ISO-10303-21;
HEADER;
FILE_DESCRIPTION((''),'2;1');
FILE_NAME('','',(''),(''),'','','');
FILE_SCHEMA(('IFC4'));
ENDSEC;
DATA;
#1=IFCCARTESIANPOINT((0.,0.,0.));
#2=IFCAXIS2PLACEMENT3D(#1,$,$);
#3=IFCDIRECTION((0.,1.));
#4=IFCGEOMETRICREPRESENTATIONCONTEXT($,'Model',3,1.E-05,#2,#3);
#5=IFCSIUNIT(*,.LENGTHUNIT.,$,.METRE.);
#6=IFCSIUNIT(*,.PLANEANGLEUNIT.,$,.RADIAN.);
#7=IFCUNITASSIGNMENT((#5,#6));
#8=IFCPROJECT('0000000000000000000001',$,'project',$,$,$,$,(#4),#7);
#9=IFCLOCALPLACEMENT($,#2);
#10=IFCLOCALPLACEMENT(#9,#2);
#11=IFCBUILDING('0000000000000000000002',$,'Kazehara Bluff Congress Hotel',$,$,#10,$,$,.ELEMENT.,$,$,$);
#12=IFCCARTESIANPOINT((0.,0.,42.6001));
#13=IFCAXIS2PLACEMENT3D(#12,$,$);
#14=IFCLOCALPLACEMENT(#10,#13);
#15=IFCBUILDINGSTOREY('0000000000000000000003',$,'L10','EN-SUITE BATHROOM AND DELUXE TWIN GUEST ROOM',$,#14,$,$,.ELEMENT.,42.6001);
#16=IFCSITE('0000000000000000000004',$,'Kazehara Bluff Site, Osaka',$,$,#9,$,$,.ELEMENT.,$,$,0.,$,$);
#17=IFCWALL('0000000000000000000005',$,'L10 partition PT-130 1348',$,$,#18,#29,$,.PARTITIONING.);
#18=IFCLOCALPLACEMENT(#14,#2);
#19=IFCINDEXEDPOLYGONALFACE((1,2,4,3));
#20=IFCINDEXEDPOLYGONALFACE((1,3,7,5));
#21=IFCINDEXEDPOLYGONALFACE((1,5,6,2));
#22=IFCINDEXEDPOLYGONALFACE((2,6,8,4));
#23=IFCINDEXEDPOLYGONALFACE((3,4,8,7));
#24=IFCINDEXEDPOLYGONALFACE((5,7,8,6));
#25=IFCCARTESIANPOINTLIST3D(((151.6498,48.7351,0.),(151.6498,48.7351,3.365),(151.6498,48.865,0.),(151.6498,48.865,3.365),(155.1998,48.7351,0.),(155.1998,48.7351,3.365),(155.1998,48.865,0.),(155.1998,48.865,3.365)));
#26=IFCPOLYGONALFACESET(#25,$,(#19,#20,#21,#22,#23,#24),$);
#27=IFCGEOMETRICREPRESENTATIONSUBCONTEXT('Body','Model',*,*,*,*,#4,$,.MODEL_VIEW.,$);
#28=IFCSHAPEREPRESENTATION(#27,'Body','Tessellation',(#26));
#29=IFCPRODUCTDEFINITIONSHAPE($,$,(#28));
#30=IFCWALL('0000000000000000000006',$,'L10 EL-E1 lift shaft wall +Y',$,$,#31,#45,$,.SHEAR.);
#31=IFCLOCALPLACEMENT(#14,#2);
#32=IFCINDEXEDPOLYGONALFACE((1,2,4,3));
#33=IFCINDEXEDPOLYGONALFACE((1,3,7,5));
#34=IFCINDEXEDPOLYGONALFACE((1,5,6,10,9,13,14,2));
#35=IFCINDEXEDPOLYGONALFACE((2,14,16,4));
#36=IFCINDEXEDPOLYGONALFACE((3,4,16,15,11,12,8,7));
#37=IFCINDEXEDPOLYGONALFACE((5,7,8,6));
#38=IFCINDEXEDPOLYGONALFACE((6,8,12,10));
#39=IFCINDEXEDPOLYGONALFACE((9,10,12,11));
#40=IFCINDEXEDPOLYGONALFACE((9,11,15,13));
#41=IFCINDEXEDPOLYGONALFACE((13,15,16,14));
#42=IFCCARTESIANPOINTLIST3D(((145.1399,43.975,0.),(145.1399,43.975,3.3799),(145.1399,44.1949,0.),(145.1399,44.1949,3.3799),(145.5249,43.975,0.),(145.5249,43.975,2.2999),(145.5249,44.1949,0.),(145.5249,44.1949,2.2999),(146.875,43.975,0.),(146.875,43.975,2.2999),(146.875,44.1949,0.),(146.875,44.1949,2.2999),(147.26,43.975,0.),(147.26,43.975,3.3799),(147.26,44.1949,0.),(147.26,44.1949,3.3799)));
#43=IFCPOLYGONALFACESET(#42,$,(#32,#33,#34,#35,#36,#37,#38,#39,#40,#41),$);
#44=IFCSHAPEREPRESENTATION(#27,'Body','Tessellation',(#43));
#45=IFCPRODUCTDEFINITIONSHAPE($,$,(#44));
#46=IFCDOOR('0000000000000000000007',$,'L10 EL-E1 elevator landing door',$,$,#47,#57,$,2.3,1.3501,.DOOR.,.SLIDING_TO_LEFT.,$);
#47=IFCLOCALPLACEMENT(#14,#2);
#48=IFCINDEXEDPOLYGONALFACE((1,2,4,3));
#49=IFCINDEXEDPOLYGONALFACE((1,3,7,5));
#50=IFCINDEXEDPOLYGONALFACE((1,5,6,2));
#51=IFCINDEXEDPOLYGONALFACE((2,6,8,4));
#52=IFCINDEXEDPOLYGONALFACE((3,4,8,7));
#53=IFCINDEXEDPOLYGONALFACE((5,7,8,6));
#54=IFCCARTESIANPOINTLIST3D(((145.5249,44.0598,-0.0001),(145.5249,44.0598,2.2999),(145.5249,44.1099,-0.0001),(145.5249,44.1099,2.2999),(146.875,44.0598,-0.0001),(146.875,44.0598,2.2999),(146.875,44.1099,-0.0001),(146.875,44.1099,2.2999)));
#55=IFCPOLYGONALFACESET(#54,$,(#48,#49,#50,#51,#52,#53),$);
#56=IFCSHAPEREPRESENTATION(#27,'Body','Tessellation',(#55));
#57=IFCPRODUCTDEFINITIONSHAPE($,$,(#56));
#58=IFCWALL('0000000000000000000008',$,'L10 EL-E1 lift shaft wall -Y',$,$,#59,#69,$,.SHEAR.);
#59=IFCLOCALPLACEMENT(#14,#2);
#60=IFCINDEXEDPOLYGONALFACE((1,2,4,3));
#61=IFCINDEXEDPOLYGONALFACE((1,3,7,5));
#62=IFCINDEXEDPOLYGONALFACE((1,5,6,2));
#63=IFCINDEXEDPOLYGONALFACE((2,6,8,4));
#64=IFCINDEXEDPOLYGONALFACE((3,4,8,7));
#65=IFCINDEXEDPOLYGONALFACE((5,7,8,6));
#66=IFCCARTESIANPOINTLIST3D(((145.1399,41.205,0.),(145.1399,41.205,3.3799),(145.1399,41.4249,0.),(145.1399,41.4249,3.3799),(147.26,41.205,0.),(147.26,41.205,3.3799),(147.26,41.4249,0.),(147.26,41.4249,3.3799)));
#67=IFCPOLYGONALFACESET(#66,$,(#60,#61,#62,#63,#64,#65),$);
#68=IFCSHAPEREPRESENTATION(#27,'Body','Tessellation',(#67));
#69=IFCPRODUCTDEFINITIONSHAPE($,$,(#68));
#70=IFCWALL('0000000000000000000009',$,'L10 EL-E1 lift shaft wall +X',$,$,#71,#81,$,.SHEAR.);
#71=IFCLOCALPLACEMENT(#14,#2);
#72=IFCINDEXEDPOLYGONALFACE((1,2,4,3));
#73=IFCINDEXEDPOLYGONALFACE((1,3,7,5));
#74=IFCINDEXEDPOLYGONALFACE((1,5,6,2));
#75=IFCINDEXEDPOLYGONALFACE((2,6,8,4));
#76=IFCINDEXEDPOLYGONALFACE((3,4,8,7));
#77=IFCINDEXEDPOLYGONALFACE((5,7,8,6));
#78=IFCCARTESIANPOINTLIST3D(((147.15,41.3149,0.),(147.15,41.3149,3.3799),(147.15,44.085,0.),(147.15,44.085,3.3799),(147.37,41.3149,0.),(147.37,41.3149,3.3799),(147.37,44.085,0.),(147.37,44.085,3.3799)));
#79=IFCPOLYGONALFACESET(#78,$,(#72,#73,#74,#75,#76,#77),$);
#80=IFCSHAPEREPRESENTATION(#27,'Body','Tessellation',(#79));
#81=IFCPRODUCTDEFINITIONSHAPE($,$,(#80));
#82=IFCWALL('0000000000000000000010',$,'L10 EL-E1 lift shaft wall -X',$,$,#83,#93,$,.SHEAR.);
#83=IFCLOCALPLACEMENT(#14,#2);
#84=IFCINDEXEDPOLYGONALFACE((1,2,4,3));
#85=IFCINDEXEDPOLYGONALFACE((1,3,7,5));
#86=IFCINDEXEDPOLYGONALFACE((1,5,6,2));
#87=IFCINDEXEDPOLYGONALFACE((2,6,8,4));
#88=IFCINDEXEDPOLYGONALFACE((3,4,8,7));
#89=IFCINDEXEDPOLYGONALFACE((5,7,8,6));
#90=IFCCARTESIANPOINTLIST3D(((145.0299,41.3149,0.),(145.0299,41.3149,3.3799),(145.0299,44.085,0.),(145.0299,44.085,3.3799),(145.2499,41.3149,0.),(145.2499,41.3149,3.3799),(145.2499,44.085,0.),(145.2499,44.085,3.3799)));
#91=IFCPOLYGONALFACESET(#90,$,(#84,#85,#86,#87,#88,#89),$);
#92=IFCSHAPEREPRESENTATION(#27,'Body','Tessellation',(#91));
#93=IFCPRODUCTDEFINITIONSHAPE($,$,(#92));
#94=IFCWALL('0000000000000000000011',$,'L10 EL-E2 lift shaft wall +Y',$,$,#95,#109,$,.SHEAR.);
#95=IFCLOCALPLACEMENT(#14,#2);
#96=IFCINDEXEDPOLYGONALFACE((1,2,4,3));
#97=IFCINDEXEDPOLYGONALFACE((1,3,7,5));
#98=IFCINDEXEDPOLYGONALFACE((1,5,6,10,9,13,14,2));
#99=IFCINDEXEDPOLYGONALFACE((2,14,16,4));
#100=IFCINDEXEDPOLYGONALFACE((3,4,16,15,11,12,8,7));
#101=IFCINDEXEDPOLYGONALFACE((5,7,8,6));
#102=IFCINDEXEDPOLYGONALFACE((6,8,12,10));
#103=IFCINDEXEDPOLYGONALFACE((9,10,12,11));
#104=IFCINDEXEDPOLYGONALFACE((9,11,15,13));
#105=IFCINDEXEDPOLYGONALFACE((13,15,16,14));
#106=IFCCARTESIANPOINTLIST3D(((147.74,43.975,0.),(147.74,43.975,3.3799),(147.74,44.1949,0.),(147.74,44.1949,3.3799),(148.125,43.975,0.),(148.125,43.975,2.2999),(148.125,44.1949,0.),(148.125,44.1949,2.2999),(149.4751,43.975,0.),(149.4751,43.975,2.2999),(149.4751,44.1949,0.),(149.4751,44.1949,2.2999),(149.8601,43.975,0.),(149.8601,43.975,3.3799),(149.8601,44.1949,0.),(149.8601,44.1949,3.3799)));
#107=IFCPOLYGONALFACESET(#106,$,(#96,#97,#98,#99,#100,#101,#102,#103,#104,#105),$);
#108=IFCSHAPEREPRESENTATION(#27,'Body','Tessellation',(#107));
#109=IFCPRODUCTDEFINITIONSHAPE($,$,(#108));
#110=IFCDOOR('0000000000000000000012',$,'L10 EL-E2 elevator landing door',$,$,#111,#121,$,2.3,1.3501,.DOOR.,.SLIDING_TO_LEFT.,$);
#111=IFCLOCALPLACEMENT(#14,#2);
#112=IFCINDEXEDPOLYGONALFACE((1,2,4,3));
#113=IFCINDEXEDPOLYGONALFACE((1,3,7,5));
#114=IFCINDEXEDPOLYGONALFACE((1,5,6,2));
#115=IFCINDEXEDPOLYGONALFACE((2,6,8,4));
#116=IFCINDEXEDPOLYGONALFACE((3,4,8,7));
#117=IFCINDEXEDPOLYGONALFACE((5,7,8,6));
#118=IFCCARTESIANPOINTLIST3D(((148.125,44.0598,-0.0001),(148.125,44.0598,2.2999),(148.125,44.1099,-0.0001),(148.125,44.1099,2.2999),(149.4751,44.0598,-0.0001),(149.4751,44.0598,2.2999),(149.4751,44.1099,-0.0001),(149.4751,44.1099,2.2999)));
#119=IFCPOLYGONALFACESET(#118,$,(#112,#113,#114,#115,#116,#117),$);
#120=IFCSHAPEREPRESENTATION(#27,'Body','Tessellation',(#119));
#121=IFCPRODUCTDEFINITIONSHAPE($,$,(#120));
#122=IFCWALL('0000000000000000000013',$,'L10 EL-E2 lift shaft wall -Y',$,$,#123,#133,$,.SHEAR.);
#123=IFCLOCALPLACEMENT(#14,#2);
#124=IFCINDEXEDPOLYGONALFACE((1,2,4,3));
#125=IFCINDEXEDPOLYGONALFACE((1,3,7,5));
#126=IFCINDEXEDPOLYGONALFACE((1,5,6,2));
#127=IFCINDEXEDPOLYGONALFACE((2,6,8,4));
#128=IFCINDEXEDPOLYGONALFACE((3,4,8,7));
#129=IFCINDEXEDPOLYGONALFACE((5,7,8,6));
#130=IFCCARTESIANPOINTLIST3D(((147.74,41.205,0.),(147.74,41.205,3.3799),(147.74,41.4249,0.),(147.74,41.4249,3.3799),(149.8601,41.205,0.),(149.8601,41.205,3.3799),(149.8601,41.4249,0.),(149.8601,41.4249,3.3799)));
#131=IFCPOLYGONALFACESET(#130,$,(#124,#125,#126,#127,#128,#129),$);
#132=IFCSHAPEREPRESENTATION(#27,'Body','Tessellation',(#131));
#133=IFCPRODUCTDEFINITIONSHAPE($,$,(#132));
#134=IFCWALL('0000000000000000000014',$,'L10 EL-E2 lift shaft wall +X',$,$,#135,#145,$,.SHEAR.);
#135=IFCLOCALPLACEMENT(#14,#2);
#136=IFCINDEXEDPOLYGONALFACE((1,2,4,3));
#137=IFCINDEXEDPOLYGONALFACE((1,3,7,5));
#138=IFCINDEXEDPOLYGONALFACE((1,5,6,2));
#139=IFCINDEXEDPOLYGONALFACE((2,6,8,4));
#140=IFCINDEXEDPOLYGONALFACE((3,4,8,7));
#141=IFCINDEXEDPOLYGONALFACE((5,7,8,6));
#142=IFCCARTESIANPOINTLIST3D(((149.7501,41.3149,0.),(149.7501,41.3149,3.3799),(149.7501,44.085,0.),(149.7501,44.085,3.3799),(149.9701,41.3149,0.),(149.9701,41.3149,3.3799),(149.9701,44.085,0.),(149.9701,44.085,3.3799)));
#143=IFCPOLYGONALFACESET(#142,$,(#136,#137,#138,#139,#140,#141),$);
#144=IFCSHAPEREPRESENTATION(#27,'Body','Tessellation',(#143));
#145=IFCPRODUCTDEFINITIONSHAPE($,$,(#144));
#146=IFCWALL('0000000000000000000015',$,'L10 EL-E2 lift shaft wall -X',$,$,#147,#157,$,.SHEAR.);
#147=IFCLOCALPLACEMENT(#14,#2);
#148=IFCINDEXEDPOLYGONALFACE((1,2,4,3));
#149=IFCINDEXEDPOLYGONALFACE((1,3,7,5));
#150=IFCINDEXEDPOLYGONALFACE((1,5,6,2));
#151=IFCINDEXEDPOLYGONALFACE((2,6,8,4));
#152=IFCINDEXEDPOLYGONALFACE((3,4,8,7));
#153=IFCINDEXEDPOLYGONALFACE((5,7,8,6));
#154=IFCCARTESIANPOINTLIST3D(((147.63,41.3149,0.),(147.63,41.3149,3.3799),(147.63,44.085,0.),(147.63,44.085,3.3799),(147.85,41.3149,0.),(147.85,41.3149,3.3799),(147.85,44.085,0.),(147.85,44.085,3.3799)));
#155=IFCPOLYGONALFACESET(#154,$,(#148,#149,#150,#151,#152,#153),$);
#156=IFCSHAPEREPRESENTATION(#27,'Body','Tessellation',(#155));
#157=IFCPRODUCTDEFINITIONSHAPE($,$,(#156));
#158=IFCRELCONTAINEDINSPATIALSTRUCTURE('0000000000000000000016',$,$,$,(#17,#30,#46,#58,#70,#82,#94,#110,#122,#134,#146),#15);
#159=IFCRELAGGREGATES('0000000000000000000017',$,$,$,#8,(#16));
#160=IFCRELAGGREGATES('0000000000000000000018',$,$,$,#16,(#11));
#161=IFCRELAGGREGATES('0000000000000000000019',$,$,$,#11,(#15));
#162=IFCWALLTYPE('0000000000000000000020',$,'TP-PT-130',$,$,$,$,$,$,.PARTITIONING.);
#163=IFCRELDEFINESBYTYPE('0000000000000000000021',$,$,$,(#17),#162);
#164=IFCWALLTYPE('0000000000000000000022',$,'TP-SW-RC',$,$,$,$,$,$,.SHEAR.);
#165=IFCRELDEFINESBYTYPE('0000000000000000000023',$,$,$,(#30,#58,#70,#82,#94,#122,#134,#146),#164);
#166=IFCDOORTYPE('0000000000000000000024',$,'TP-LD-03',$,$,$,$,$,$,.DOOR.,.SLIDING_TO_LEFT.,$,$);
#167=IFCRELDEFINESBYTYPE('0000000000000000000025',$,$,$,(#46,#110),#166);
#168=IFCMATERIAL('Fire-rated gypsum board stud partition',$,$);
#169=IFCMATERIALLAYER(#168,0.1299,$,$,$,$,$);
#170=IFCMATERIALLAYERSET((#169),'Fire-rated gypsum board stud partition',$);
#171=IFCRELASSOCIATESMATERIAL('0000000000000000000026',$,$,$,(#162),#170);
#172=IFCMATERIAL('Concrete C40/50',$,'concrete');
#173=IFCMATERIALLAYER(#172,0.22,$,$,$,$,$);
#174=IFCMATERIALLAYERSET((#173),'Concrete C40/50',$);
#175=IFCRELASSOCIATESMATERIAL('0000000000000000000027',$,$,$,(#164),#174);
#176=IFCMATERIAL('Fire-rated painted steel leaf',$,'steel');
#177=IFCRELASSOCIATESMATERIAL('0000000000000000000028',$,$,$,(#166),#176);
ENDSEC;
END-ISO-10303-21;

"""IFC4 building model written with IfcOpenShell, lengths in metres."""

from ifc_helpers import new_model, si_unit, direction, frame, frame_2d, origin, place, context, subcontext, project, spatial, rectangle, extrude, material, layer, layer_set, type_object, element, fill, save


model = new_model("IFC4")

# Units and contexts
model_context = context("Model", 3, precision=1e-05, world=origin(), true_north=direction((0.0, 1.0)))
body_context = subcontext(model_context, "Body", "Model", "MODEL_VIEW")
ifc_project = project(units=[si_unit("LENGTHUNIT", "METRE"), si_unit("PLANEANGLEUNIT", "RADIAN")], contexts=[model_context])

# Site, building, storey
site_placement = place(None, origin())
site = spatial("IfcSite", under=ifc_project, at=site_placement, Name="Kazehara Bluff Site, Osaka", CompositionType="ELEMENT", RefElevation=0.0)
building_placement = place(site_placement, origin())
building = spatial("IfcBuilding", under=site, at=building_placement, Name="Kazehara Bluff Congress Hotel", CompositionType="ELEMENT")
storey_placement = place(building_placement, frame((0.0, 0.0, 42.6001)))
storey = spatial("IfcBuildingStorey", under=building, at=storey_placement, Name="L10", Description="EN-SUITE BATHROOM AND DELUXE TWIN GUEST ROOM", CompositionType="ELEMENT", Elevation=42.6001)

# Wall
ifc_material_1 = material(Name="Fire-rated gypsum board stud partition")
ifc_layer_1 = layer(ifc_material_1, 0.1299)
ifc_layer_set_1 = layer_set([ifc_layer_1], Name="Fire-rated gypsum board stud partition")
wall_type_1 = type_object("IfcWallType", Name="TP-PT-130", PredefinedType="PARTITIONING", material=ifc_layer_set_1)
wall_1_placement = place(storey_placement, frame((151.6499, 48.8, 0.0), z_axis=(0.0, 0.0, 1.0), x_axis=(1.0, 0.0, 0.0)))
element("IfcWall", 1, at=wall_1_placement, inside=storey, type_object=wall_type_1, Name="L10 partition PT-130 1348", PredefinedType="PARTITIONING", context=body_context, shape_type="SweptSolid", body=[
    extrude(rectangle(XDim=3.55, YDim=0.1299, at=frame_2d((1.7749, 0.0))), origin(), (0.0, 0.0, 1.0), 3.365),
])

# Wall, opening, door
ifc_material_2 = material(Name="Concrete C40/50", Category="concrete")
ifc_layer_2 = layer(ifc_material_2, 0.22)
ifc_layer_set_2 = layer_set([ifc_layer_2], Name="Concrete C40/50")
wall_type_2 = type_object("IfcWallType", Name="TP-SW-RC", PredefinedType="SHEAR", material=ifc_layer_set_2)
wall_2_placement = place(storey_placement, frame((145.1399, 44.085, 0.0), z_axis=(0.0, 0.0, 1.0), x_axis=(1.0, 0.0, 0.0)))
wall_2 = element("IfcWall", 2, at=wall_2_placement, inside=storey, type_object=wall_type_2, Name="L10 EL-E1 lift shaft wall +Y", PredefinedType="SHEAR", context=body_context, shape_type="SweptSolid", body=[
    extrude(rectangle(XDim=2.1201, YDim=0.22, at=frame_2d((1.0601, 0.0))), origin(), (0.0, 0.0, 1.0), 3.3799),
])
opening_1_placement = place(wall_2_placement, frame((0.385, 0.0, 0.0)))
opening_1 = element("IfcOpeningElement", 3, at=opening_1_placement, cuts=wall_2, PredefinedType="OPENING", context=body_context, shape_type="SweptSolid", body=[
    extrude(rectangle(XDim=1.3501, YDim=2.3, at=frame_2d((0.675, 1.1499))), frame((0.0, 0.1199, 0.0), z_axis=(0.0, -1.0, 0.0), x_axis=(1.0, 0.0, 0.0)), (0.0, 0.0, 1.0), 0.24),
])
ifc_material_3 = material(Name="Fire-rated painted steel leaf", Category="steel")
door_type_1 = type_object("IfcDoorType", Name="TP-LD-03", OperationType="SLIDING_TO_LEFT", PredefinedType="DOOR", material=ifc_material_3)
door_1_placement = place(opening_1_placement, origin())
door_1 = element("IfcDoor", 4, at=door_1_placement, inside=storey, type_object=door_type_1, Name="L10 EL-E1 elevator landing door", OperationType="SLIDING_TO_LEFT", OverallHeight=2.3, OverallWidth=1.3501, PredefinedType="DOOR", context=body_context, shape_type="SweptSolid", body=[
    extrude(rectangle(XDim=1.3501, YDim=2.3, at=frame_2d((0.675, 1.1499))), frame((0.0, 0.0249, 0.0), z_axis=(0.0, -1.0, 0.0), x_axis=(1.0, 0.0, 0.0)), (0.0, 0.0, 1.0), 0.05),
])
fill(opening_1, door_1)

# Walls
wall_3_placement = place(storey_placement, frame((145.1399, 41.3149, 0.0), z_axis=(0.0, 0.0, 1.0), x_axis=(1.0, 0.0, 0.0)))
element("IfcWall", 5, at=wall_3_placement, inside=storey, type_object=wall_type_2, Name="L10 EL-E1 lift shaft wall -Y", PredefinedType="SHEAR", context=body_context, shape_type="SweptSolid", body=[
    extrude(rectangle(XDim=2.1201, YDim=0.22, at=frame_2d((1.0601, 0.0))), origin(), (0.0, 0.0, 1.0), 3.3799),
])
for number, where, z_axis, x_axis, name in (
    (6, (147.26, 41.3149, 0.0), (0.0, 0.0, 1.0), (0.0, 1.0, 0.0), "L10 EL-E1 lift shaft wall +X"),
    (7, (145.1399, 41.3149, 0.0), (0.0, 0.0, 1.0), (0.0, 1.0, 0.0), "L10 EL-E1 lift shaft wall -X"),
):
    element("IfcWall", number, at=place(storey_placement, frame(where, z_axis=z_axis, x_axis=x_axis)), inside=storey, type_object=wall_type_2, Name=name, PredefinedType="SHEAR", context=body_context, shape_type="SweptSolid", body=[
        extrude(rectangle(XDim=2.77, YDim=0.22, at=frame_2d((1.385, 0.0))), origin(), (0.0, 0.0, 1.0), 3.3799),
    ])

# Wall, opening, door
wall_4_placement = place(storey_placement, frame((147.74, 44.085, 0.0), z_axis=(0.0, 0.0, 1.0), x_axis=(1.0, 0.0, 0.0)))
wall_4 = element("IfcWall", 8, at=wall_4_placement, inside=storey, type_object=wall_type_2, Name="L10 EL-E2 lift shaft wall +Y", PredefinedType="SHEAR", context=body_context, shape_type="SweptSolid", body=[
    extrude(rectangle(XDim=2.1201, YDim=0.22, at=frame_2d((1.0601, 0.0))), origin(), (0.0, 0.0, 1.0), 3.3799),
])
opening_2_placement = place(wall_4_placement, frame((0.385, 0.0, 0.0)))
opening_2 = element("IfcOpeningElement", 9, at=opening_2_placement, cuts=wall_4, PredefinedType="OPENING", context=body_context, shape_type="SweptSolid", body=[
    extrude(rectangle(XDim=1.3501, YDim=2.3, at=frame_2d((0.675, 1.1499))), frame((0.0, 0.1199, 0.0), z_axis=(0.0, -1.0, 0.0), x_axis=(1.0, 0.0, 0.0)), (0.0, 0.0, 1.0), 0.24),
])
door_2_placement = place(opening_2_placement, origin())
door_2 = element("IfcDoor", 10, at=door_2_placement, inside=storey, type_object=door_type_1, Name="L10 EL-E2 elevator landing door", OperationType="SLIDING_TO_LEFT", OverallHeight=2.3, OverallWidth=1.3501, PredefinedType="DOOR", context=body_context, shape_type="SweptSolid", body=[
    extrude(rectangle(XDim=1.3501, YDim=2.3, at=frame_2d((0.675, 1.1499))), frame((0.0, 0.0249, 0.0), z_axis=(0.0, -1.0, 0.0), x_axis=(1.0, 0.0, 0.0)), (0.0, 0.0, 1.0), 0.05),
])
fill(opening_2, door_2)

# Walls
wall_5_placement = place(storey_placement, frame((147.74, 41.3149, 0.0), z_axis=(0.0, 0.0, 1.0), x_axis=(1.0, 0.0, 0.0)))
element("IfcWall", 11, at=wall_5_placement, inside=storey, type_object=wall_type_2, Name="L10 EL-E2 lift shaft wall -Y", PredefinedType="SHEAR", context=body_context, shape_type="SweptSolid", body=[
    extrude(rectangle(XDim=2.1201, YDim=0.22, at=frame_2d((1.0601, 0.0))), origin(), (0.0, 0.0, 1.0), 3.3799),
])
for number, where, z_axis, x_axis, name in (
    (12, (149.8601, 41.3149, 0.0), (0.0, 0.0, 1.0), (0.0, 1.0, 0.0), "L10 EL-E2 lift shaft wall +X"),
    (13, (147.74, 41.3149, 0.0), (0.0, 0.0, 1.0), (0.0, 1.0, 0.0), "L10 EL-E2 lift shaft wall -X"),
):
    element("IfcWall", number, at=place(storey_placement, frame(where, z_axis=z_axis, x_axis=x_axis)), inside=storey, type_object=wall_type_2, Name=name, PredefinedType="SHEAR", context=body_context, shape_type="SweptSolid", body=[
        extrude(rectangle(XDim=2.77, YDim=0.22, at=frame_2d((1.385, 0.0))), origin(), (0.0, 0.0, 1.0), 3.3799),
    ])

save(model, "model.ifc")
